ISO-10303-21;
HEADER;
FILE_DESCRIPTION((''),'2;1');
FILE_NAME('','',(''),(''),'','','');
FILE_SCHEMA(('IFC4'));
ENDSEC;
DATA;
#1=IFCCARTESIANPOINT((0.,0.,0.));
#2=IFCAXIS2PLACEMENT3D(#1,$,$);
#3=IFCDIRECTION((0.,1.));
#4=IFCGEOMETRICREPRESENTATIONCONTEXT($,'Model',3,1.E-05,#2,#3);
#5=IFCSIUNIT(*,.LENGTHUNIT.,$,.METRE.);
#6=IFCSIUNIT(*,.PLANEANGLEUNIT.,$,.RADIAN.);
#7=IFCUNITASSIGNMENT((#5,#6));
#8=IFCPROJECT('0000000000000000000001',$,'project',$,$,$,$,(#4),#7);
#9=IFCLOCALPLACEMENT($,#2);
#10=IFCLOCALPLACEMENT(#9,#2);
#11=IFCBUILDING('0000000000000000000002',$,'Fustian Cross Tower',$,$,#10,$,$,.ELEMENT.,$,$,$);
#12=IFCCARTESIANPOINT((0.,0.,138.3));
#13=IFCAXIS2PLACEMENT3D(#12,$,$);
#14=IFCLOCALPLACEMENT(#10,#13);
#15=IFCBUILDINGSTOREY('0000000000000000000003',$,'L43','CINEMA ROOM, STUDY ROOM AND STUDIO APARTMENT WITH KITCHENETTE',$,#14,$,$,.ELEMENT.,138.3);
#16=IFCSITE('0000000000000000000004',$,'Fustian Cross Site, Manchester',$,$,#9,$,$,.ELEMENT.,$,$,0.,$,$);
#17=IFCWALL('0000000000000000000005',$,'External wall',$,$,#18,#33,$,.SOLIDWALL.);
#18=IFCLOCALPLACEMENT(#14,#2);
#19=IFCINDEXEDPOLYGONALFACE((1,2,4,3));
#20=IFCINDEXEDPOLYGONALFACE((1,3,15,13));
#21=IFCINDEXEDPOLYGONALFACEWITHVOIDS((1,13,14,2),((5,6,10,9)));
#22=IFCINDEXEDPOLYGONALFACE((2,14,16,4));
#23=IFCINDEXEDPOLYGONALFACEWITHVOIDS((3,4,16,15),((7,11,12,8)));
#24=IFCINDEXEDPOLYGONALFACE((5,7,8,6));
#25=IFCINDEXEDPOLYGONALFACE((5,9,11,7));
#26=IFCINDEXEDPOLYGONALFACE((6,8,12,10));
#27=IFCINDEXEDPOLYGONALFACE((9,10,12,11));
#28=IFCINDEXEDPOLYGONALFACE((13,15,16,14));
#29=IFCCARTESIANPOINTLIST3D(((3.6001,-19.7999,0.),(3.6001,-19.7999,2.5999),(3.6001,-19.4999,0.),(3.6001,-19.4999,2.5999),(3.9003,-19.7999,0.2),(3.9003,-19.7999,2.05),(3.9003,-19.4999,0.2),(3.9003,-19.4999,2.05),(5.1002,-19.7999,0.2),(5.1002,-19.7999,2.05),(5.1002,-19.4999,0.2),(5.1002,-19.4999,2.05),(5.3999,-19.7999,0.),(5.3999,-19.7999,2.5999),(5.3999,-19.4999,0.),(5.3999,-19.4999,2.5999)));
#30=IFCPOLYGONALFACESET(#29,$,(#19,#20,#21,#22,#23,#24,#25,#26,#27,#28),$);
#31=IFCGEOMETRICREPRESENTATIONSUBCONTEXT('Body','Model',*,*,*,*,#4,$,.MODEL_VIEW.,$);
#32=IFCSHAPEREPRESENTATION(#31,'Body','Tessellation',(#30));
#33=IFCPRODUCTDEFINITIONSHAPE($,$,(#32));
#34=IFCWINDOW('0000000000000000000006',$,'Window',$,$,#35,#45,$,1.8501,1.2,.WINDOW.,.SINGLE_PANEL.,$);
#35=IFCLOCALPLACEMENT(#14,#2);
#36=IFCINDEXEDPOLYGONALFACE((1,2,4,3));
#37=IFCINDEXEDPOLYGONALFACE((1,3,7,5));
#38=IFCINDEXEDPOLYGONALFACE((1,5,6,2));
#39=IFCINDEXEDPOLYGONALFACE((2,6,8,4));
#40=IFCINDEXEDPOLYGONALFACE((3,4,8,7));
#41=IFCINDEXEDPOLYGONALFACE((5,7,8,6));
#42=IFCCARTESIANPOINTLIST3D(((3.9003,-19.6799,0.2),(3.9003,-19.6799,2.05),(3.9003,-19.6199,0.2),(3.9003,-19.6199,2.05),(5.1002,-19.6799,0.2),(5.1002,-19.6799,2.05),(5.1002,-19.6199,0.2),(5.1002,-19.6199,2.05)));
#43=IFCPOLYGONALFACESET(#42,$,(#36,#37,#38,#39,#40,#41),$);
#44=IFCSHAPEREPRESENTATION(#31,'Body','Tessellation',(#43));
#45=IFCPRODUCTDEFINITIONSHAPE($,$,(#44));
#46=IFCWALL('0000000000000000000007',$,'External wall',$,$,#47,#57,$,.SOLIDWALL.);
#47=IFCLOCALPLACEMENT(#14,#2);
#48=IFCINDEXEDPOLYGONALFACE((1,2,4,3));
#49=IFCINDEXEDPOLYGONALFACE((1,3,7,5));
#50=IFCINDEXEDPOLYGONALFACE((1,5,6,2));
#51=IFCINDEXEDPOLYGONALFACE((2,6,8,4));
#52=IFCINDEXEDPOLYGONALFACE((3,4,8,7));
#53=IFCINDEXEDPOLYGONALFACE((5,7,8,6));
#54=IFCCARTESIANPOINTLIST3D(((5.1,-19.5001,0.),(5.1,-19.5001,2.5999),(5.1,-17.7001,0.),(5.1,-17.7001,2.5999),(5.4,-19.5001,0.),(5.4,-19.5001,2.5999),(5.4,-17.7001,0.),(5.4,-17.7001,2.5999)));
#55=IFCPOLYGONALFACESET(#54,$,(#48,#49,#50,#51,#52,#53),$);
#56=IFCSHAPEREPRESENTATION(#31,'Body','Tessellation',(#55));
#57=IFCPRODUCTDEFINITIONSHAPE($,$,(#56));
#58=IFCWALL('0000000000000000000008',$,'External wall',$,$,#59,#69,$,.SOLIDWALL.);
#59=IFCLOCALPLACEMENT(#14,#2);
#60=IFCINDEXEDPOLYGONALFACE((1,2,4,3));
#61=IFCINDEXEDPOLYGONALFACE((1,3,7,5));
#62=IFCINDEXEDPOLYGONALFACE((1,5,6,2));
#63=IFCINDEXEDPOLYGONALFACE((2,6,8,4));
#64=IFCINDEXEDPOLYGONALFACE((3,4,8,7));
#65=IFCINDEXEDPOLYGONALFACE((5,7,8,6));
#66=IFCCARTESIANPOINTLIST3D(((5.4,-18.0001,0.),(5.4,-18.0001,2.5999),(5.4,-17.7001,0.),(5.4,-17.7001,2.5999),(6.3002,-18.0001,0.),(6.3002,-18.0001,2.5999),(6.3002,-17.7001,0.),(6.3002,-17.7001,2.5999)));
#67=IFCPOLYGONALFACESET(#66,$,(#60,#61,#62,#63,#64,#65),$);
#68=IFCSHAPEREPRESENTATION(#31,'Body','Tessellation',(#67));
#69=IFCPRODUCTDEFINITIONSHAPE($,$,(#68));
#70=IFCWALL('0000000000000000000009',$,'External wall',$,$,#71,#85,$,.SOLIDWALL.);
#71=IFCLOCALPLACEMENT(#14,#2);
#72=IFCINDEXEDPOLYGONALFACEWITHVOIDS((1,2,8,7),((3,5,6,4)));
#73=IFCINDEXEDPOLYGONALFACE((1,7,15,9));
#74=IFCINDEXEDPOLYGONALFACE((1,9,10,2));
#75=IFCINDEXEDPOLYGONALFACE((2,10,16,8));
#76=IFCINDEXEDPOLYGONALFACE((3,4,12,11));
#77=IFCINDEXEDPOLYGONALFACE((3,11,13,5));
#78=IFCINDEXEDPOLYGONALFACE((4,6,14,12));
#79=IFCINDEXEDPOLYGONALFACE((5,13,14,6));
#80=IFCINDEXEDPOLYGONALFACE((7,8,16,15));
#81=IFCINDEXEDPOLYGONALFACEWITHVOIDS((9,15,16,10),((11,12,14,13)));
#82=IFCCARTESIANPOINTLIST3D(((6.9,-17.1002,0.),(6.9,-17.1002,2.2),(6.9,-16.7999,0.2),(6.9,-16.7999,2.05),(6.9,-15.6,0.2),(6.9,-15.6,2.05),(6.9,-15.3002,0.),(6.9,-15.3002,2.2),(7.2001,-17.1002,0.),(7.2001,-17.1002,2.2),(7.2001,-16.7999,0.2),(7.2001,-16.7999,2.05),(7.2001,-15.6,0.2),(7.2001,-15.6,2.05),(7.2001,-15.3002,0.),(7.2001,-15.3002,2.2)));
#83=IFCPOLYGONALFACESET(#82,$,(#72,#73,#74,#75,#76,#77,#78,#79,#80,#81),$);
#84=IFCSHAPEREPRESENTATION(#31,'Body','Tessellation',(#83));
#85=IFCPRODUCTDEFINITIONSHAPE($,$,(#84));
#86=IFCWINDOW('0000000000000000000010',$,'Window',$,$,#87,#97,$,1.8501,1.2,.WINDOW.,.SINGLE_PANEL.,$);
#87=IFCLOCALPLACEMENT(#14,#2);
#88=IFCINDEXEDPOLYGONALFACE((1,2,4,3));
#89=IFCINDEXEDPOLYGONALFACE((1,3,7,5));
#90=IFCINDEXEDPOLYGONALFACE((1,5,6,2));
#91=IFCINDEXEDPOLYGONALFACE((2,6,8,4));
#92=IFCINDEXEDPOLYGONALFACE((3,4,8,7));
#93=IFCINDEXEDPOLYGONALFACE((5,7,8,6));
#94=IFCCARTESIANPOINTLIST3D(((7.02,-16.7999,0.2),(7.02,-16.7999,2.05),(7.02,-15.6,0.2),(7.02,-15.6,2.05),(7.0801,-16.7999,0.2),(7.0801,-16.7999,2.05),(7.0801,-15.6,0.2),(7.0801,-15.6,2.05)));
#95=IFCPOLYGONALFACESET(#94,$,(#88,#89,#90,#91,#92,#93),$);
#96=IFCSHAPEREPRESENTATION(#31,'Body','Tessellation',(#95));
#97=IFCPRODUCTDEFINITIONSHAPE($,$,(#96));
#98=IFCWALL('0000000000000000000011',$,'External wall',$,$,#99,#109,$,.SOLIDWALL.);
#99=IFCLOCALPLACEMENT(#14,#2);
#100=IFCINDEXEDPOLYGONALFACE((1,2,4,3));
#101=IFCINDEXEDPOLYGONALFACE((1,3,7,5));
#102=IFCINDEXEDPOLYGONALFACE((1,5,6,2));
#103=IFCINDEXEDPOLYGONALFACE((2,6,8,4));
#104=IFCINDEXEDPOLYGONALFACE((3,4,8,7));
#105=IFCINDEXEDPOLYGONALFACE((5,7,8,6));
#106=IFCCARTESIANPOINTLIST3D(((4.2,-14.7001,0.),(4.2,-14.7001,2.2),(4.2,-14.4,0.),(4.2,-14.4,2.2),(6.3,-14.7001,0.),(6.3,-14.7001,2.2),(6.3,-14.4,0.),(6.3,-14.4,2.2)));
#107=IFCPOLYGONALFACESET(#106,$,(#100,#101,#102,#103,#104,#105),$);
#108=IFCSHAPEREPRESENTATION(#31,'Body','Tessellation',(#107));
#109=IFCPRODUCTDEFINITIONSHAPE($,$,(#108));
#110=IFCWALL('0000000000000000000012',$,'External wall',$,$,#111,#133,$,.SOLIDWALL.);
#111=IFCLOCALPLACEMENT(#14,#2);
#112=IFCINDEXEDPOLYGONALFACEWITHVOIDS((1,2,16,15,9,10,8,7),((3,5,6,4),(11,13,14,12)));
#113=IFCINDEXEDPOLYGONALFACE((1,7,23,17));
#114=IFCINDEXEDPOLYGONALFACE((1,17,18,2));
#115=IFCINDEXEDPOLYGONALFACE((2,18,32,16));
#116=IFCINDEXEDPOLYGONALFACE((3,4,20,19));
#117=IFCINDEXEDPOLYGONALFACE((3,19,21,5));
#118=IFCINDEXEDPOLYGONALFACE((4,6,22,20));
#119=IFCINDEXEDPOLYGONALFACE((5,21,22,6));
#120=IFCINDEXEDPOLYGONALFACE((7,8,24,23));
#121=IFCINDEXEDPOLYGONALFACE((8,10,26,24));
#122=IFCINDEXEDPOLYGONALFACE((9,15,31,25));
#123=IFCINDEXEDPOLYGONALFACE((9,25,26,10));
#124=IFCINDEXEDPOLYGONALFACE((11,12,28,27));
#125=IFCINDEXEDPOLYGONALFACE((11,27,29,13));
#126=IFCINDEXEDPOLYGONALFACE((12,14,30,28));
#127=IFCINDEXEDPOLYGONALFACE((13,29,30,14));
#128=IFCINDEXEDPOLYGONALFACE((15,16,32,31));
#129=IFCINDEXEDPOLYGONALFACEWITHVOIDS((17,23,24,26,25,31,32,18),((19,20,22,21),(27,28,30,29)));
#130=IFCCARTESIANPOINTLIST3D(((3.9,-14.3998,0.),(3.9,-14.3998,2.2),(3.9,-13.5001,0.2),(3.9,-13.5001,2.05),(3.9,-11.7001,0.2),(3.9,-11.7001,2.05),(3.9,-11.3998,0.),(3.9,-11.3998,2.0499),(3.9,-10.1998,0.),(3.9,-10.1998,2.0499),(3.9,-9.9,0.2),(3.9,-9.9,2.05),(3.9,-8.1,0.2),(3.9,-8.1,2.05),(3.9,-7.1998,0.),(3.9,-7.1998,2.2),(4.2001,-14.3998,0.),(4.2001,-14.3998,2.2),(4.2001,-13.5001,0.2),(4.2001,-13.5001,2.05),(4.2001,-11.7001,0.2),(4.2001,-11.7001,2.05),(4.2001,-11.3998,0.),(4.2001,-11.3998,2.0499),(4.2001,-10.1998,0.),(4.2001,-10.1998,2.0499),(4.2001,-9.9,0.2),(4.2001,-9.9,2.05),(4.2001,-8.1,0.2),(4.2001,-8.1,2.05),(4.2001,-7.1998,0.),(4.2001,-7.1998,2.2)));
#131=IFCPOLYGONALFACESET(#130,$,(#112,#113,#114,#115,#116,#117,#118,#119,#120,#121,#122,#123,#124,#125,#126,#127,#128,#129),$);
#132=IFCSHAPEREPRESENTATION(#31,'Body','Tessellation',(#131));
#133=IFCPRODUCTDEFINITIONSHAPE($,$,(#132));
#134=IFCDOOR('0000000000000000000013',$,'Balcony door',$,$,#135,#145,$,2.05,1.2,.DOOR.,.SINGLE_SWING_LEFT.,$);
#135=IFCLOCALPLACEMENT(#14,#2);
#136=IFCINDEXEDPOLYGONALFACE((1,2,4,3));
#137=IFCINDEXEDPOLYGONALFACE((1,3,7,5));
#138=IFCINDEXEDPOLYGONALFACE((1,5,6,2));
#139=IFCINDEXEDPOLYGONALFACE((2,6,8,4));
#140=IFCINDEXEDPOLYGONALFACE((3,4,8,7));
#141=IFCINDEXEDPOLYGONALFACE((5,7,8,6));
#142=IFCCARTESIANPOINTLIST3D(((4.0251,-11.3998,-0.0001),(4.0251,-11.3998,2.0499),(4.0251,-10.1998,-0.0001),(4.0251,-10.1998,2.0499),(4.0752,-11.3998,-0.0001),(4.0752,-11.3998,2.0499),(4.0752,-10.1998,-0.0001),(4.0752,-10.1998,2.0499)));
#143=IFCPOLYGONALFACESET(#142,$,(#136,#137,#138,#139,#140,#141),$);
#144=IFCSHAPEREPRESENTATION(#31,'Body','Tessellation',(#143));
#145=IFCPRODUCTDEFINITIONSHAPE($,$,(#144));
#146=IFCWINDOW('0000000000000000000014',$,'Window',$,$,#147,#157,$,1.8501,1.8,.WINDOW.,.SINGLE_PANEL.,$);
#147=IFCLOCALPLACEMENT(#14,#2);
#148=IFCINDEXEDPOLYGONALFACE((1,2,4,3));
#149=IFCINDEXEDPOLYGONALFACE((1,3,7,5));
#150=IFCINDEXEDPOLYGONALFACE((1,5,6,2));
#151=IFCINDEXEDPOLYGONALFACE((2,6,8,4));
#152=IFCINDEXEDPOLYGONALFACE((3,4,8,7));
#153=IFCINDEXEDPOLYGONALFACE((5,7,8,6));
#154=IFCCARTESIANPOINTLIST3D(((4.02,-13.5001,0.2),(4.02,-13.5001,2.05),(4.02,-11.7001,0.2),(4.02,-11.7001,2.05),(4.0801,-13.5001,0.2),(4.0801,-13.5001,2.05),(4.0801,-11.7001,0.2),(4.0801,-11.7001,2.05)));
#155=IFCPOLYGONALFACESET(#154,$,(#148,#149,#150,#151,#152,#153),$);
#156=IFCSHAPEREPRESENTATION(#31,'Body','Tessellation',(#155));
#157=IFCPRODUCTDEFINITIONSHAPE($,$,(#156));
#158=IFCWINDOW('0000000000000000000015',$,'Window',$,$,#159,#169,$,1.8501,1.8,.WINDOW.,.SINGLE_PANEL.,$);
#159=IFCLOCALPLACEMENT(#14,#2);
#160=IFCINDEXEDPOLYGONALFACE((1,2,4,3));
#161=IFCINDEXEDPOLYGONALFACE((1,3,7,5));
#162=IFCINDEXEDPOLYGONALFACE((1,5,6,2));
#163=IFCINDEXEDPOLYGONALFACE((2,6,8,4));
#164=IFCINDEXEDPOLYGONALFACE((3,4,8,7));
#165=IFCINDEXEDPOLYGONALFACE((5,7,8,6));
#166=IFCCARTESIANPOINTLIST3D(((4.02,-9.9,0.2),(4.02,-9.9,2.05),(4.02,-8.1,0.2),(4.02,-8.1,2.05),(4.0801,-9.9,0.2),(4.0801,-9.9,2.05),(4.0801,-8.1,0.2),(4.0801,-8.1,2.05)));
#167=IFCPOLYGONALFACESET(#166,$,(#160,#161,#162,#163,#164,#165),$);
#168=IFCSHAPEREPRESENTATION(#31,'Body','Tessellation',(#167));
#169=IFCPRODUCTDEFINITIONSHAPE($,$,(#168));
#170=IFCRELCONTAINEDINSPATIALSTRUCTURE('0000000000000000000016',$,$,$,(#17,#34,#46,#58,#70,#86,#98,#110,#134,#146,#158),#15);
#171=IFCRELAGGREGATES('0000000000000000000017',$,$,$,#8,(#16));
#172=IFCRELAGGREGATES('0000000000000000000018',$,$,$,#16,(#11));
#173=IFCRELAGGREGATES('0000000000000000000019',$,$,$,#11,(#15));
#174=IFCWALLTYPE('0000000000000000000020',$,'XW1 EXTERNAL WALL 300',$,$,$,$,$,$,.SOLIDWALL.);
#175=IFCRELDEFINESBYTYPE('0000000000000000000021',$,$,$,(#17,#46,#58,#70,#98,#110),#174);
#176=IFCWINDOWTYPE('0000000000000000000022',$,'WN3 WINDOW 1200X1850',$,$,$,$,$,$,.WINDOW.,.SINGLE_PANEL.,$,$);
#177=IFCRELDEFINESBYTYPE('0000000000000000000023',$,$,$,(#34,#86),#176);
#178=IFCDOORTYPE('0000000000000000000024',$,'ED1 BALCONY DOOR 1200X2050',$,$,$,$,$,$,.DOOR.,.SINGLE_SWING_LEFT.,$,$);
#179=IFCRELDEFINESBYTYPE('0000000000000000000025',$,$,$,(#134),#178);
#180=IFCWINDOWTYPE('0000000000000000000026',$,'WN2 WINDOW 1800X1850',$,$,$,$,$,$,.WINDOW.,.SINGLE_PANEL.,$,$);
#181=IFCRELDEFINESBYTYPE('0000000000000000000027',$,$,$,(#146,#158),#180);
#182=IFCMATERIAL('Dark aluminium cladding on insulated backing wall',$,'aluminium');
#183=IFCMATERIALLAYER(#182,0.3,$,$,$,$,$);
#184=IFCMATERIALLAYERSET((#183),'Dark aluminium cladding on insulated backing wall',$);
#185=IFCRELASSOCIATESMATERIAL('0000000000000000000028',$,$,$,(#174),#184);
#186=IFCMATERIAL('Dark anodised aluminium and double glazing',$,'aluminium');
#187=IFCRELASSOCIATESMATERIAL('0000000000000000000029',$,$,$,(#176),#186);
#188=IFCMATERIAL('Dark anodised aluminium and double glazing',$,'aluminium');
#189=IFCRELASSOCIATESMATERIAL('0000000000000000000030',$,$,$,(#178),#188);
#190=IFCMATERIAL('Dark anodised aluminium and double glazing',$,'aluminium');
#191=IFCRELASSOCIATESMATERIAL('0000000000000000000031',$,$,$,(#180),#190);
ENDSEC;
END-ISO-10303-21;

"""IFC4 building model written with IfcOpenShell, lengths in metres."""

from ifc_helpers import new_model, si_unit, direction, frame, frame_2d, origin, place, context, subcontext, project, spatial, rectangle, extrude, material, layer, layer_set, type_object, element, fill, save


model = new_model("IFC4")

# Units and contexts
model_context = context("Model", 3, precision=1e-05, world=origin(), true_north=direction((0.0, 1.0)))
body_context = subcontext(model_context, "Body", "Model", "MODEL_VIEW")
ifc_project = project(units=[si_unit("LENGTHUNIT", "METRE"), si_unit("PLANEANGLEUNIT", "RADIAN")], contexts=[model_context])

# Site, building, storey
site_placement = place(None, origin())
site = spatial("IfcSite", under=ifc_project, at=site_placement, Name="Fustian Cross Site, Manchester", CompositionType="ELEMENT", RefElevation=0.0)
building_placement = place(site_placement, origin())
building = spatial("IfcBuilding", under=site, at=building_placement, Name="Fustian Cross Tower", CompositionType="ELEMENT")
storey_placement = place(building_placement, frame((0.0, 0.0, 138.3)))
storey = spatial("IfcBuildingStorey", under=building, at=storey_placement, Name="L43", Description="CINEMA ROOM, STUDY ROOM AND STUDIO APARTMENT WITH KITCHENETTE", CompositionType="ELEMENT", Elevation=138.3)

# Shared definitions
ifc_material_1 = material(Name="Dark aluminium cladding on insulated backing wall", Category="aluminium")
ifc_layer_1 = layer(ifc_material_1, 0.3)
ifc_layer_set_1 = layer_set([ifc_layer_1], Name="Dark aluminium cladding on insulated backing wall")
wall_type_1 = type_object("IfcWallType", Name="XW1 EXTERNAL WALL 300", PredefinedType="SOLIDWALL", material=ifc_layer_set_1)

# Wall, opening, window
wall_1_placement = place(storey_placement, frame((3.6001, -19.6499, 0.0), z_axis=(0.0, 0.0, 1.0), x_axis=(1.0, 0.0, 0.0)))
wall_1 = element("IfcWall", 1, at=wall_1_placement, inside=storey, type_object=wall_type_1, Name="External wall", PredefinedType="SOLIDWALL", context=body_context, shape_type="SweptSolid", body=[
    extrude(rectangle(XDim=1.7998, YDim=0.3, at=frame_2d((0.8999, 0.0))), origin(), (0.0, 0.0, 1.0), 2.5999),
])
opening_1_placement = place(wall_1_placement, frame((0.3, 0.0, 0.2)))
opening_1 = element("IfcOpeningElement", 2, at=opening_1_placement, cuts=wall_1, PredefinedType="OPENING", context=body_context, shape_type="SweptSolid", body=[
    extrude(rectangle(XDim=1.2, YDim=1.8501, at=frame_2d((0.6001, 0.925))), frame((0.0, 0.1599, 0.0), z_axis=(0.0, -1.0, 0.0), x_axis=(1.0, 0.0, 0.0)), (0.0, 0.0, 1.0), 0.3201),
])
ifc_material_2 = material(Name="Dark anodised aluminium and double glazing", Category="aluminium")
window_type_1 = type_object("IfcWindowType", Name="WN3 WINDOW 1200X1850", PartitioningType="SINGLE_PANEL", PredefinedType="WINDOW", material=ifc_material_2)
window_1_placement = place(opening_1_placement, origin())
window_1 = element("IfcWindow", 3, at=window_1_placement, inside=storey, type_object=window_type_1, Name="Window", OverallHeight=1.8501, OverallWidth=1.2, PartitioningType="SINGLE_PANEL", PredefinedType="WINDOW", context=body_context, shape_type="SweptSolid", body=[
    extrude(rectangle(XDim=1.2, YDim=1.8501, at=frame_2d((0.6001, 0.925))), frame((0.0, 0.03, 0.0), z_axis=(0.0, -1.0, 0.0), x_axis=(1.0, 0.0, 0.0)), (0.0, 0.0, 1.0), 0.0601),
])
fill(opening_1, window_1)

# Walls
wall_2_placement = place(storey_placement, frame((5.25, -19.5, 0.0), z_axis=(0.0, 0.0, 1.0), x_axis=(0.0, 1.0, 0.0)))
element("IfcWall", 4, at=wall_2_placement, inside=storey, type_object=wall_type_1, Name="External wall", PredefinedType="SOLIDWALL", context=body_context, shape_type="SweptSolid", body=[
    extrude(rectangle(XDim=1.8, YDim=0.3, at=frame_2d((0.8999, 0.0))), origin(), (0.0, 0.0, 1.0), 2.5999),
])
wall_3_placement = place(storey_placement, frame((5.3999, -17.8501, 0.0), z_axis=(0.0, 0.0, 1.0), x_axis=(1.0, 0.0, 0.0)))
element("IfcWall", 5, at=wall_3_placement, inside=storey, type_object=wall_type_1, Name="External wall", PredefinedType="SOLIDWALL", context=body_context, shape_type="SweptSolid", body=[
    extrude(rectangle(XDim=0.9001, YDim=0.3, at=frame_2d((0.4502, 0.0))), origin(), (0.0, 0.0, 1.0), 2.5999),
])

# Wall, opening, window
wall_4_placement = place(storey_placement, frame((7.05, -17.1001, 0.0), z_axis=(0.0, 0.0, 1.0), x_axis=(0.0, 1.0, 0.0)))
wall_4 = element("IfcWall", 6, at=wall_4_placement, inside=storey, type_object=wall_type_1, Name="External wall", PredefinedType="SOLIDWALL", context=body_context, shape_type="SweptSolid", body=[
    extrude(rectangle(XDim=1.8, YDim=0.3, at=frame_2d((0.8999, 0.0))), origin(), (0.0, 0.0, 1.0), 2.2),
])
opening_2_placement = place(wall_4_placement, frame((0.3, 0.0, 0.2)))
opening_2 = element("IfcOpeningElement", 7, at=opening_2_placement, cuts=wall_4, PredefinedType="OPENING", context=body_context, shape_type="SweptSolid", body=[
    extrude(rectangle(XDim=1.2, YDim=1.8501, at=frame_2d((0.6001, 0.925))), frame((0.0, 0.1599, 0.0), z_axis=(0.0, -1.0, 0.0), x_axis=(1.0, 0.0, 0.0)), (0.0, 0.0, 1.0), 0.3201),
])
window_2_placement = place(opening_2_placement, origin())
window_2 = element("IfcWindow", 8, at=window_2_placement, inside=storey, type_object=window_type_1, Name="Window", OverallHeight=1.8501, OverallWidth=1.2, PartitioningType="SINGLE_PANEL", PredefinedType="WINDOW", context=body_context, shape_type="SweptSolid", body=[
    extrude(rectangle(XDim=1.2, YDim=1.8501, at=frame_2d((0.6001, 0.925))), frame((0.0, 0.03, 0.0), z_axis=(0.0, -1.0, 0.0), x_axis=(1.0, 0.0, 0.0)), (0.0, 0.0, 1.0), 0.0601),
])
fill(opening_2, window_2)

# Wall
wall_5_placement = place(storey_placement, frame((6.3, -14.55, 0.0), z_axis=(0.0, 0.0, 1.0), x_axis=(-1.0, 0.0, 0.0)))
element("IfcWall", 9, at=wall_5_placement, inside=storey, type_object=wall_type_1, Name="External wall", PredefinedType="SOLIDWALL", context=body_context, shape_type="SweptSolid", body=[
    extrude(rectangle(XDim=2.1001, YDim=0.3, at=frame_2d((1.05, 0.0))), origin(), (0.0, 0.0, 1.0), 2.2),
])

# Wall, openings, door, windows
wall_6_placement = place(storey_placement, frame((4.05, -14.3999, 0.0), z_axis=(0.0, 0.0, 1.0), x_axis=(0.0, 1.0, 0.0)))
wall_6 = element("IfcWall", 10, at=wall_6_placement, inside=storey, type_object=wall_type_1, Name="External wall", PredefinedType="SOLIDWALL", context=body_context, shape_type="SweptSolid", body=[
    extrude(rectangle(XDim=7.2, YDim=0.3, at=frame_2d((3.6001, 0.0))), origin(), (0.0, 0.0, 1.0), 2.2),
])
opening_3_placement = place(wall_6_placement, frame((3.0, 0.0, 0.0)))
opening_3 = element("IfcOpeningElement", 11, at=opening_3_placement, cuts=wall_6, PredefinedType="OPENING", context=body_context, shape_type="SweptSolid", body=[
    extrude(rectangle(XDim=1.2, YDim=2.05, at=frame_2d((0.6001, 1.0249))), frame((0.0, 0.1599, 0.0), z_axis=(0.0, -1.0, 0.0), x_axis=(1.0, 0.0, 0.0)), (0.0, 0.0, 1.0), 0.3201),
])
opening_4_placement = place(wall_6_placement, frame((0.8999, 0.0, 0.2)))
opening_4 = element("IfcOpeningElement", 12, at=opening_4_placement, cuts=wall_6, PredefinedType="OPENING", context=body_context, shape_type="SweptSolid", body=[
    extrude(rectangle(XDim=1.8, YDim=1.8501, at=frame_2d((0.8999, 0.925))), frame((0.0, 0.1599, 0.0), z_axis=(0.0, -1.0, 0.0), x_axis=(1.0, 0.0, 0.0)), (0.0, 0.0, 1.0), 0.3201),
])
opening_5_placement = place(wall_6_placement, frame((4.5, 0.0, 0.2)))
opening_5 = element("IfcOpeningElement", 13, at=opening_5_placement, cuts=wall_6, PredefinedType="OPENING", context=body_context, shape_type="SweptSolid", body=[
    extrude(rectangle(XDim=1.8, YDim=1.8501, at=frame_2d((0.8999, 0.925))), frame((0.0, 0.1599, 0.0), z_axis=(0.0, -1.0, 0.0), x_axis=(1.0, 0.0, 0.0)), (0.0, 0.0, 1.0), 0.3201),
])
ifc_material_3 = material(Name="Dark anodised aluminium and double glazing", Category="aluminium")
door_type_1 = type_object("IfcDoorType", Name="ED1 BALCONY DOOR 1200X2050", OperationType="SINGLE_SWING_LEFT", PredefinedType="DOOR", material=ifc_material_3)
door_1_placement = place(opening_3_placement, origin())
door_1 = element("IfcDoor", 14, at=door_1_placement, inside=storey, type_object=door_type_1, Name="Balcony door", OperationType="SINGLE_SWING_LEFT", OverallHeight=2.05, OverallWidth=1.2, PredefinedType="DOOR", context=body_context, shape_type="SweptSolid", body=[
    extrude(rectangle(XDim=1.2, YDim=2.05, at=frame_2d((0.6001, 1.0249))), frame((0.0, 0.0249, 0.0), z_axis=(0.0, -1.0, 0.0), x_axis=(1.0, 0.0, 0.0)), (0.0, 0.0, 1.0), 0.05),
])
fill(opening_3, door_1)
ifc_material_4 = material(Name="Dark anodised aluminium and double glazing", Category="aluminium")
window_type_2 = type_object("IfcWindowType", Name="WN2 WINDOW 1800X1850", PartitioningType="SINGLE_PANEL", PredefinedType="WINDOW", material=ifc_material_4)
window_3_placement = place(opening_4_placement, origin())
window_3 = element("IfcWindow", 15, at=window_3_placement, inside=storey, type_object=window_type_2, Name="Window", OverallHeight=1.8501, OverallWidth=1.8, PartitioningType="SINGLE_PANEL", PredefinedType="WINDOW", context=body_context, shape_type="SweptSolid", body=[
    extrude(rectangle(XDim=1.8, YDim=1.8501, at=frame_2d((0.8999, 0.925))), frame((0.0, 0.03, 0.0), z_axis=(0.0, -1.0, 0.0), x_axis=(1.0, 0.0, 0.0)), (0.0, 0.0, 1.0), 0.0601),
])
fill(opening_4, window_3)
window_4_placement = place(opening_5_placement, origin())
window_4 = element("IfcWindow", 16, at=window_4_placement, inside=storey, type_object=window_type_2, Name="Window", OverallHeight=1.8501, OverallWidth=1.8, PartitioningType="SINGLE_PANEL", PredefinedType="WINDOW", context=body_context, shape_type="SweptSolid", body=[
    extrude(rectangle(XDim=1.8, YDim=1.8501, at=frame_2d((0.8999, 0.925))), frame((0.0, 0.03, 0.0), z_axis=(0.0, -1.0, 0.0), x_axis=(1.0, 0.0, 0.0)), (0.0, 0.0, 1.0), 0.0601),
])
fill(opening_5, window_4)

save(model, "model.ifc")
